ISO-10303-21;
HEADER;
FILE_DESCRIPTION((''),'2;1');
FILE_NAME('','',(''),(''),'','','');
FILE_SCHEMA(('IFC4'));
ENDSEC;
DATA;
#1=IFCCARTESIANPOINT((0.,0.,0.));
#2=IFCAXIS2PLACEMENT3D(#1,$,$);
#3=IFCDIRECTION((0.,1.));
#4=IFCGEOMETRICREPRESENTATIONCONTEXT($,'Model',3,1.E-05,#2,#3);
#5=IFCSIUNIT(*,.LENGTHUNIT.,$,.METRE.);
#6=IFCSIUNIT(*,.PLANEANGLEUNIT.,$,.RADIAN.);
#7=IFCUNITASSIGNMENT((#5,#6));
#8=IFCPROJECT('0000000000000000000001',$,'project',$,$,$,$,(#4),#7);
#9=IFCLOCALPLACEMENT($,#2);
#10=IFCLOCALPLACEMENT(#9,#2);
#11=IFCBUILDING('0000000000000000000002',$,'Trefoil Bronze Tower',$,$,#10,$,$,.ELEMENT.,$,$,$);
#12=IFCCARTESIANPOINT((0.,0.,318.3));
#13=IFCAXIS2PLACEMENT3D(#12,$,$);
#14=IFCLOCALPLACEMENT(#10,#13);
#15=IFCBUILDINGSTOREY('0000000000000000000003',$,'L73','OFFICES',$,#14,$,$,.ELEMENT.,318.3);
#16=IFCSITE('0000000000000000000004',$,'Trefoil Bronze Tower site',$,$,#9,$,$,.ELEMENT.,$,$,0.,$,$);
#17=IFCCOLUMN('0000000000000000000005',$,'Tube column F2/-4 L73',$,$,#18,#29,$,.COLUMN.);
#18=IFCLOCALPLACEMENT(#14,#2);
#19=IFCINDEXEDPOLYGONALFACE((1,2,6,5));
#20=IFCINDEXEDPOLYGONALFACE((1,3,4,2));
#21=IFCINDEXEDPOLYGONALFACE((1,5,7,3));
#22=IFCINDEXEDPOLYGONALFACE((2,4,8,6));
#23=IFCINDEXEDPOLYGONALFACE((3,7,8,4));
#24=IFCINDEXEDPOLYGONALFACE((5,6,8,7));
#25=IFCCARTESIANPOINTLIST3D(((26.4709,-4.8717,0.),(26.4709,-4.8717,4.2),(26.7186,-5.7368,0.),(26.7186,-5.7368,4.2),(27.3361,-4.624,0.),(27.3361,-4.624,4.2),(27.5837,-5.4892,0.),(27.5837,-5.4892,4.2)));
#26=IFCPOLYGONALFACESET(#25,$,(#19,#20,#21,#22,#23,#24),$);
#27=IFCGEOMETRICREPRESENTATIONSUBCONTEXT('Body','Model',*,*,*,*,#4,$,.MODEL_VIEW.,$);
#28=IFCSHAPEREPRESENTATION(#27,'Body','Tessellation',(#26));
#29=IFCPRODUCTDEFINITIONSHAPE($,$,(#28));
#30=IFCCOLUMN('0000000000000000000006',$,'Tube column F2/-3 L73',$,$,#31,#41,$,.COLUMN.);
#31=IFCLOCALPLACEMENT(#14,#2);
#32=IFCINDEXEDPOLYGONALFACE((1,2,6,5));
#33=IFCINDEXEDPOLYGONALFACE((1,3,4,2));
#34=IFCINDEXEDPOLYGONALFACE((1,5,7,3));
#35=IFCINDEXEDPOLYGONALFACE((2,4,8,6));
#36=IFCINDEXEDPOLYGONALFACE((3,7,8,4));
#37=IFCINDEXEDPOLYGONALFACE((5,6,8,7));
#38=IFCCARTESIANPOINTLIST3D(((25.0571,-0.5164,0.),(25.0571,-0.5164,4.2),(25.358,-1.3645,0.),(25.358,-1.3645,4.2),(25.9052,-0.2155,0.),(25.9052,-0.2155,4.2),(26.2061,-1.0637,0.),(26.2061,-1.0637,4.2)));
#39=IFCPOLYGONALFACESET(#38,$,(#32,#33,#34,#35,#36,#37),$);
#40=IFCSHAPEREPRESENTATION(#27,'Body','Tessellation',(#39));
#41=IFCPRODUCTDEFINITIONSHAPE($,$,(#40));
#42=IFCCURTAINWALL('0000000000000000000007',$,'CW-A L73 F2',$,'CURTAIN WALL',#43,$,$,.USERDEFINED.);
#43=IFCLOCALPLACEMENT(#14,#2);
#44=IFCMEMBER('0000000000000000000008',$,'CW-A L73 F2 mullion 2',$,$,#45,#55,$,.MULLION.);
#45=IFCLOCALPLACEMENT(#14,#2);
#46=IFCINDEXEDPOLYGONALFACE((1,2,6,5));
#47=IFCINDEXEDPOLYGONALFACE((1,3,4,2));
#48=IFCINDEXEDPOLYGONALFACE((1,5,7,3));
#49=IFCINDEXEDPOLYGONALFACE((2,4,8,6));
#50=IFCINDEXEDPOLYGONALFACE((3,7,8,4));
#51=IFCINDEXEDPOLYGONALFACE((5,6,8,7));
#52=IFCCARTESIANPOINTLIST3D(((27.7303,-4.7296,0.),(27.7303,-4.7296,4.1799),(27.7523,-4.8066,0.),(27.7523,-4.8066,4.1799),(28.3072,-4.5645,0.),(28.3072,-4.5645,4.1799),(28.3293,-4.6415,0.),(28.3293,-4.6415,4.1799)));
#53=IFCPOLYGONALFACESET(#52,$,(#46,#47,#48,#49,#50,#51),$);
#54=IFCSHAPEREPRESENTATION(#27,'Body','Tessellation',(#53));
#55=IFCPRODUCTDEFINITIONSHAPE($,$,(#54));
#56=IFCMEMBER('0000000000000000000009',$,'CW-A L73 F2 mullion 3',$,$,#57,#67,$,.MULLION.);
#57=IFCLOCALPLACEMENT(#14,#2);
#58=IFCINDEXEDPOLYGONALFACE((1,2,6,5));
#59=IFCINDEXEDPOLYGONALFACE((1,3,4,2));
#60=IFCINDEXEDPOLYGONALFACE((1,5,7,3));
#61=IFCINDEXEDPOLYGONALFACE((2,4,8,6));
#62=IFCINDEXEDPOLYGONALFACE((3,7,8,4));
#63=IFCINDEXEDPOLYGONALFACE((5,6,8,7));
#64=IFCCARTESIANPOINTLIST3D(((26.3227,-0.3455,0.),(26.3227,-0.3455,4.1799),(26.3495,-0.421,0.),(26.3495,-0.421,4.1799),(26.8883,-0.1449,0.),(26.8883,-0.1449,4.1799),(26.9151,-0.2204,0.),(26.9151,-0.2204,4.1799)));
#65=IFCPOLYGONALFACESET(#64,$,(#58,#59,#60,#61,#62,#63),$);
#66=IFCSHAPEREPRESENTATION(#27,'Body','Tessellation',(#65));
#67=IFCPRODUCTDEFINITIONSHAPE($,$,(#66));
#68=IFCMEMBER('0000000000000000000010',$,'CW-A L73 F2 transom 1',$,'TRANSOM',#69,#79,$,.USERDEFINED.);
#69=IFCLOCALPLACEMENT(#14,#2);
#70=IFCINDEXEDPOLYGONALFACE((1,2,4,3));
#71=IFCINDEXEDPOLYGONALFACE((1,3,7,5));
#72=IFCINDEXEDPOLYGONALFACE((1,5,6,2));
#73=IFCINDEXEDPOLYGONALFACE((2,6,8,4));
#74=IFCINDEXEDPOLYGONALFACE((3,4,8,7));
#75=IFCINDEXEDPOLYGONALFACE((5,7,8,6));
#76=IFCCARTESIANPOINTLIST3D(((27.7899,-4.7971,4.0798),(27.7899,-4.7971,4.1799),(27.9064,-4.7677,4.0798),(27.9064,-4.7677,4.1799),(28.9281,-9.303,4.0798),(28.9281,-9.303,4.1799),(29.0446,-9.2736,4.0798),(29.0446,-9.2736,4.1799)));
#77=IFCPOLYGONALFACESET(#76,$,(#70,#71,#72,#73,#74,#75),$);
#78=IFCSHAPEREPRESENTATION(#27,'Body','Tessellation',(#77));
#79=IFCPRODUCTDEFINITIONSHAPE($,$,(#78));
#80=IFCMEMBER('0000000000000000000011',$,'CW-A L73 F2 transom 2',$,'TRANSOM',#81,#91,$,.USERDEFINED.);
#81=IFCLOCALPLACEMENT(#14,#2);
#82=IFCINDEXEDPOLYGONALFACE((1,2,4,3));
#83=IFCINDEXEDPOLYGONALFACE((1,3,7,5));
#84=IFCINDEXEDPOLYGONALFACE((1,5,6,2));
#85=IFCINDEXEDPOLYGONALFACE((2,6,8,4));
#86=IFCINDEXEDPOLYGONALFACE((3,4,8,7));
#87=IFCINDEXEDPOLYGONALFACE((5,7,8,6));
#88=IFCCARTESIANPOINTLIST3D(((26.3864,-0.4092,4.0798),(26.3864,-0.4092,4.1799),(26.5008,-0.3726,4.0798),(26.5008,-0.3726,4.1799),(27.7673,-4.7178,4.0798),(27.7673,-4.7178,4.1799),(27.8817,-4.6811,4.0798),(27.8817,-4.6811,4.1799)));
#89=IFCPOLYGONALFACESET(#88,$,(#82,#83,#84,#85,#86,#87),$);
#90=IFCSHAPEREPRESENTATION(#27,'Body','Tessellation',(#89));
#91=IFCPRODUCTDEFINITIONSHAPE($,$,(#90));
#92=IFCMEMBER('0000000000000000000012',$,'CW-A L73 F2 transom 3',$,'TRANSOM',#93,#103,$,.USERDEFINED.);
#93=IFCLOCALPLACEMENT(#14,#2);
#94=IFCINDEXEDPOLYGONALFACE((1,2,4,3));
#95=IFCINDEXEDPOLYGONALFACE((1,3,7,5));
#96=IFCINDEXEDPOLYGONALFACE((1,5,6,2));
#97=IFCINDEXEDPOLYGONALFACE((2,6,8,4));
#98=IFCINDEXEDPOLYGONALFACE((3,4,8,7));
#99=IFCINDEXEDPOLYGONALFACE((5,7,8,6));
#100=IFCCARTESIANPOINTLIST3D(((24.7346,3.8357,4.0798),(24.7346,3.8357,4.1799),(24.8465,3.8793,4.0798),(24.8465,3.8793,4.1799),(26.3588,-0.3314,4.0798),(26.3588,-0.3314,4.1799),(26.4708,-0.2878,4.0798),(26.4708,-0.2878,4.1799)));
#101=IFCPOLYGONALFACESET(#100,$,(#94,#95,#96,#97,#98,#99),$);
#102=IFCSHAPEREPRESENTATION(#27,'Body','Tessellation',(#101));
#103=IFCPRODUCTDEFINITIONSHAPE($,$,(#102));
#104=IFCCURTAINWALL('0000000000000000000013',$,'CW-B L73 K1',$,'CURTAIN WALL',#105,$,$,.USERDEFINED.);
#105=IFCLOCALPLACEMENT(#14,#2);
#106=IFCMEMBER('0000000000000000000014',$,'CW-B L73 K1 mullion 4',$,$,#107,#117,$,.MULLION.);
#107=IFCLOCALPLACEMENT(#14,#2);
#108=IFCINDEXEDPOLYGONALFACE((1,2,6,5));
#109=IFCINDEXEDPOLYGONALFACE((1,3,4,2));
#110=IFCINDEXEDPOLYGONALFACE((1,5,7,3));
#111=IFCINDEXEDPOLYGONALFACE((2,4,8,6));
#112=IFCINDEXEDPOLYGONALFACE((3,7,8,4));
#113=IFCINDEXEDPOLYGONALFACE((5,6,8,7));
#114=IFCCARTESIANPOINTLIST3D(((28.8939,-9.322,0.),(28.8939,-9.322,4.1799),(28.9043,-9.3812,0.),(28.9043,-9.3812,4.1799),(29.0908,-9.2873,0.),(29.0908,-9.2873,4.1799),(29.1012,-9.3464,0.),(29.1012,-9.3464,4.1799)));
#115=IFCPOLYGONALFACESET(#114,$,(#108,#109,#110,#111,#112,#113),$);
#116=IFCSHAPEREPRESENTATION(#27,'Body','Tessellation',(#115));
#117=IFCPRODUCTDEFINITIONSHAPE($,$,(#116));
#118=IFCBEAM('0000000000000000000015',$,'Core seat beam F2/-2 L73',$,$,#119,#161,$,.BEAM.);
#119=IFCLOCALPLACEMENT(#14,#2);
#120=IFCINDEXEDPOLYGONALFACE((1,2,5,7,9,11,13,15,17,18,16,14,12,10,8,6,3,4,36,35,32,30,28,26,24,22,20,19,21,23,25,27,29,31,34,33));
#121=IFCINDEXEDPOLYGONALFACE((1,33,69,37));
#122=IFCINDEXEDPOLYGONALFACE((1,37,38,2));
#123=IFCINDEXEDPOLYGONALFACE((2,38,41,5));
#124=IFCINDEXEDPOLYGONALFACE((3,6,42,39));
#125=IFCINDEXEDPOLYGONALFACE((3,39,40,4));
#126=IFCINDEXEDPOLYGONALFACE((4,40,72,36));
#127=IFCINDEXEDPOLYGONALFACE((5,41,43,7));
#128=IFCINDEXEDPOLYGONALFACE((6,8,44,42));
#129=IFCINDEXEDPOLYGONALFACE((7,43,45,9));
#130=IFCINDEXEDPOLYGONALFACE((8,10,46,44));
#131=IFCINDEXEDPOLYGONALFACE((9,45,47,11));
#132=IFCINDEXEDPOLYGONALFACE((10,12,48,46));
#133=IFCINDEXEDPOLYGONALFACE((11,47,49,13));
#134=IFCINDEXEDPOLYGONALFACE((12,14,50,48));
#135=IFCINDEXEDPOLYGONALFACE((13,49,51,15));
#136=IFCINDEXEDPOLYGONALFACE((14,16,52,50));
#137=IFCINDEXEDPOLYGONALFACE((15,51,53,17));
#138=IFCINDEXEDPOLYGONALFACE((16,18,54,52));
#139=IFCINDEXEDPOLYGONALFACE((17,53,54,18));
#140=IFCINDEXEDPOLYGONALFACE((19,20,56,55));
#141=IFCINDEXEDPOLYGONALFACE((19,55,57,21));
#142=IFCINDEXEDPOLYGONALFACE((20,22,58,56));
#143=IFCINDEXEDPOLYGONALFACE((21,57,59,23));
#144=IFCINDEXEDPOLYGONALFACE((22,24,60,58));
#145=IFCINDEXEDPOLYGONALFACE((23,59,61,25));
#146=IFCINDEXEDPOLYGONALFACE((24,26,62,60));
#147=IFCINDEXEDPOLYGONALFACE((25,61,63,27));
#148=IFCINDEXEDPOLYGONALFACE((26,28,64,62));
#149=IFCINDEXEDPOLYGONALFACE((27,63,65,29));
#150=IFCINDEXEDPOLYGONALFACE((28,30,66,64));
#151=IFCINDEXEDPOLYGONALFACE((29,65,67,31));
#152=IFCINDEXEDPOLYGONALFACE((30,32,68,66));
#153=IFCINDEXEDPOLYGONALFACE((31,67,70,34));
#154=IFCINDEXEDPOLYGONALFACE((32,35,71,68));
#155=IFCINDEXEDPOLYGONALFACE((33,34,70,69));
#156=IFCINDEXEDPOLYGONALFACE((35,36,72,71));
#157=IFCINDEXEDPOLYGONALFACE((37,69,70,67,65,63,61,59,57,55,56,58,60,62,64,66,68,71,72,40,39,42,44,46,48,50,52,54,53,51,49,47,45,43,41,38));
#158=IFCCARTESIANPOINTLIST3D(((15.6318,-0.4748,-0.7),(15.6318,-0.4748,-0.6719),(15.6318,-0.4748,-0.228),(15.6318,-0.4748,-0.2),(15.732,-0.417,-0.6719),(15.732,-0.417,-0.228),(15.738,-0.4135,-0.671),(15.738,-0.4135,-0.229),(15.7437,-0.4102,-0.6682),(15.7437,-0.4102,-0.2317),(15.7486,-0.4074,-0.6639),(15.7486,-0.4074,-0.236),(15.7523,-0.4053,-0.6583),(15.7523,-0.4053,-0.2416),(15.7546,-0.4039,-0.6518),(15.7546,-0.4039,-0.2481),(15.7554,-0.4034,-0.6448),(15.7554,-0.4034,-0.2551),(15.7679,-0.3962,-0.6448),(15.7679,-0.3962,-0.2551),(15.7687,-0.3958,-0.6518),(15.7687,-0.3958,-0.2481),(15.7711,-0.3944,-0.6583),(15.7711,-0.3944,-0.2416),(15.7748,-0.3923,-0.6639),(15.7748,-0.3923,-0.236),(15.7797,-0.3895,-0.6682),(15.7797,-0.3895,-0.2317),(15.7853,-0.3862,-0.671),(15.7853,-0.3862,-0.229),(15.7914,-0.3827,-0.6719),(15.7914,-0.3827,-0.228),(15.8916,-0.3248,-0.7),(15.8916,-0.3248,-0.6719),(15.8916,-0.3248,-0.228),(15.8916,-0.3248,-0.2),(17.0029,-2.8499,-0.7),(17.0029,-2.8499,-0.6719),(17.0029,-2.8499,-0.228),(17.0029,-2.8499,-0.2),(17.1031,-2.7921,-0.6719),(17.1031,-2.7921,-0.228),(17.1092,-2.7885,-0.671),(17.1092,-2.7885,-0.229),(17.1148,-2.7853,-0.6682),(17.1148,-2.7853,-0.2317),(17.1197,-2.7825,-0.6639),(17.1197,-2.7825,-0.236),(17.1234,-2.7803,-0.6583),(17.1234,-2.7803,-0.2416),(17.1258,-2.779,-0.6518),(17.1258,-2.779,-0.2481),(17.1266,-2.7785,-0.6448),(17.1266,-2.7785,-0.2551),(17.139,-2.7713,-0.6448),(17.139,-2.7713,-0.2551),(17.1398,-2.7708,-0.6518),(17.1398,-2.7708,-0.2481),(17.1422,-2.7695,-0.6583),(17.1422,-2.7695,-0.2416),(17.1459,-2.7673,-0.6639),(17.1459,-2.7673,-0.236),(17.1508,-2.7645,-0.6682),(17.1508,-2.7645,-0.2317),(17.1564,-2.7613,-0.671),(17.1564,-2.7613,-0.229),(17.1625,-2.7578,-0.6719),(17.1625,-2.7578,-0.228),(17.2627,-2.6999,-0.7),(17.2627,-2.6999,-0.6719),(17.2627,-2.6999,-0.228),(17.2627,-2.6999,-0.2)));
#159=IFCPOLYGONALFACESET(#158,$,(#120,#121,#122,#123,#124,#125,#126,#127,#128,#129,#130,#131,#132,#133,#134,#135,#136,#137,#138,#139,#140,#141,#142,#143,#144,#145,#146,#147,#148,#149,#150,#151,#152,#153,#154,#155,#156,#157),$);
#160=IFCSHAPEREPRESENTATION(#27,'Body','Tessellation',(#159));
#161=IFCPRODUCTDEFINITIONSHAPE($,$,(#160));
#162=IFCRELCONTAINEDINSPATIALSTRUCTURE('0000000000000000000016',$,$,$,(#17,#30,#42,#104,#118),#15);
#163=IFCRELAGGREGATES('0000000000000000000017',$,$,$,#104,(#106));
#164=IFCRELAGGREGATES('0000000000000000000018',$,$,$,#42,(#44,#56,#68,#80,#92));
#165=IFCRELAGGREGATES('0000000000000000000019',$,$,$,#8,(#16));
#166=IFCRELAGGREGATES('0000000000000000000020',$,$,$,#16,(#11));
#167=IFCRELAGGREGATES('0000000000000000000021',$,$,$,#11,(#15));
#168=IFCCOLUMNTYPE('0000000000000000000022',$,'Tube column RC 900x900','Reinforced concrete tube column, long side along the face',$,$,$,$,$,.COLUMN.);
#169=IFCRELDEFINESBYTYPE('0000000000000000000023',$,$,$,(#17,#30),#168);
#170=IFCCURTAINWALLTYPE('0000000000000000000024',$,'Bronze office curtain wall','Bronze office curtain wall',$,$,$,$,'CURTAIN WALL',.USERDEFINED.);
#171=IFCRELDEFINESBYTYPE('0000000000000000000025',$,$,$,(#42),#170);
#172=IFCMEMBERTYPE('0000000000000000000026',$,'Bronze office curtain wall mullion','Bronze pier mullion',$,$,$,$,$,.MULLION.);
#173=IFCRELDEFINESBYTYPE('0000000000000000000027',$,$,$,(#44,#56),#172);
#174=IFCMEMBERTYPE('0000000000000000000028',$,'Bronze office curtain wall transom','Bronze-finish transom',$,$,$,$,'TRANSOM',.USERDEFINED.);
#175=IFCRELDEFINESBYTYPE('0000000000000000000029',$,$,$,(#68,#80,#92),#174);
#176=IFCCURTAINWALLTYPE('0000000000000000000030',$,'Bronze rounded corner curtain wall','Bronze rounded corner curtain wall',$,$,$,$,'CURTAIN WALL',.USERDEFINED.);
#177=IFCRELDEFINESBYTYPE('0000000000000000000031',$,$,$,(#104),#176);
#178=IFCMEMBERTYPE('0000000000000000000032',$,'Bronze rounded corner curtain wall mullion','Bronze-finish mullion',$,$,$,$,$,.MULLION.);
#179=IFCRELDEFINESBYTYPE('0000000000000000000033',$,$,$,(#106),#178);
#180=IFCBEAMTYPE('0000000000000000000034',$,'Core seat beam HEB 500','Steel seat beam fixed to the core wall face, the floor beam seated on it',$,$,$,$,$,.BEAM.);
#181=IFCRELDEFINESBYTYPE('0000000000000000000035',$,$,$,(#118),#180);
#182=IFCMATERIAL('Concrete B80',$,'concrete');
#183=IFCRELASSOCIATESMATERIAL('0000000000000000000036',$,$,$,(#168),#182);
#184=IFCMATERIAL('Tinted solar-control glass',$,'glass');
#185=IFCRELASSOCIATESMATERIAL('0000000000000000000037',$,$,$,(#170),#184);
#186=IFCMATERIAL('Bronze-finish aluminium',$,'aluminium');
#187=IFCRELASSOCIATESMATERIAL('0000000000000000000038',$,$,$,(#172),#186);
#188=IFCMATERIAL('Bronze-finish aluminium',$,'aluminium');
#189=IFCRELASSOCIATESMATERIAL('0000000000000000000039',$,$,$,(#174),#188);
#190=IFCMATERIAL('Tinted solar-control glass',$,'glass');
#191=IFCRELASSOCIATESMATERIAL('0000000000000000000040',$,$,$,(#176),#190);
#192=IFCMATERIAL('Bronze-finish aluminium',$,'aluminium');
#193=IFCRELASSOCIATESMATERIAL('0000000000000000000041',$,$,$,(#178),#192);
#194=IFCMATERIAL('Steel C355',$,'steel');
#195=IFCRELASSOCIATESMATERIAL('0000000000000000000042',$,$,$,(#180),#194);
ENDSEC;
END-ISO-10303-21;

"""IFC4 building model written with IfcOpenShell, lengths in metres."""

from ifc_helpers import new_model, si_unit, direction, frame, origin, origin_2d, place, context, subcontext, project, spatial, rectangle, i_section, extrude, material, material_profile, profile_set, type_object, element, aggregate, save


model = new_model("IFC4")

# Units and contexts
model_context = context("Model", 3, precision=1e-05, world=origin(), true_north=direction((0.0, 1.0)))
body_context = subcontext(model_context, "Body", "Model", "MODEL_VIEW")
ifc_project = project(units=[si_unit("LENGTHUNIT", "METRE"), si_unit("PLANEANGLEUNIT", "RADIAN")], contexts=[model_context])

# Site, building, storey
site_placement = place(None, origin())
site = spatial("IfcSite", under=ifc_project, at=site_placement, Name="Trefoil Bronze Tower site", CompositionType="ELEMENT", RefElevation=0.0)
building_placement = place(site_placement, origin())
building = spatial("IfcBuilding", under=site, at=building_placement, Name="Trefoil Bronze Tower", CompositionType="ELEMENT")
storey_placement = place(building_placement, frame((0.0, 0.0, 318.3)))
storey = spatial("IfcBuildingStorey", under=building, at=storey_placement, Name="L73", Description="OFFICES", CompositionType="ELEMENT", Elevation=318.3)

# Columns
ifc_material_1 = material(Name="Concrete B80", Category="concrete")
ifc_material_profile_1 = material_profile(ifc_material_1, rectangle(XDim=0.8999, YDim=0.8999, at=origin_2d()), Name="RC 900x900")
ifc_profile_set_1 = profile_set([ifc_material_profile_1], Name="Concrete B80")
column_type = type_object("IfcColumnType", Name="Tube column RC 900x900", Description="Reinforced concrete tube column, long side along the face", PredefinedType="COLUMN", material=ifc_profile_set_1)
for number, where, z_axis, x_axis, name in (
    (1, (27.0273, -5.1804, 0.0), (0.0, 0.0, 1.0), (-0.275169, 0.961396, 0.0), "Tube column F2/-4 L73"),
    (2, (25.6316, -0.79, 0.0), (0.0, 0.0, 1.0), (-0.334352, 0.942448, 0.0), "Tube column F2/-3 L73"),
):
    element("IfcColumn", number, at=place(storey_placement, frame(where, z_axis=z_axis, x_axis=x_axis)), inside=storey, type_object=column_type, Name=name, PredefinedType="COLUMN", context=body_context, shape_type="SweptSolid", body=[
        extrude(rectangle(XDim=0.8999, YDim=0.8999, at=origin_2d()), origin(), (0.0, 0.0, 1.0), 4.2),
    ])

# Curtain wall, members
ifc_material_2 = material(Name="Tinted solar-control glass", Category="glass")
curtain_wall_type_1 = type_object("IfcCurtainWallType", Name="Bronze office curtain wall", Description="Bronze office curtain wall", ElementType="CURTAIN WALL", PredefinedType="USERDEFINED", material=ifc_material_2)
curtain_wall_1_placement = place(storey_placement, origin())
curtain_wall_1 = element("IfcCurtainWall", 3, at=curtain_wall_1_placement, inside=storey, type_object=curtain_wall_type_1, Name="CW-A L73 F2", ObjectType="CURTAIN WALL", PredefinedType="USERDEFINED")
ifc_material_3 = material(Name="Bronze-finish aluminium", Category="aluminium")
ifc_material_profile_2 = material_profile(ifc_material_3, rectangle(XDim=0.6001, YDim=0.0801, at=origin_2d()), Name="CW-A mullion")
ifc_profile_set_2 = profile_set([ifc_material_profile_2], Name="Bronze-finish aluminium")
member_type_1 = type_object("IfcMemberType", Name="Bronze office curtain wall mullion", Description="Bronze pier mullion", PredefinedType="MULLION", material=ifc_profile_set_2)
member_1_placement = place(storey_placement, frame((28.0298, -4.6855, 0.0), z_axis=(0.0, 0.0, 1.0), x_axis=(-0.961396, -0.275169, 0.0)))
member_1 = element("IfcMember", 4, at=member_1_placement, type_object=member_type_1, Name="CW-A L73 F2 mullion 2", PredefinedType="MULLION", context=body_context, shape_type="SweptSolid", body=[
    extrude(rectangle(XDim=0.6001, YDim=0.0801, at=origin_2d()), origin(), (0.0, 0.0, 1.0), 4.1799),
])
member_2_placement = place(storey_placement, frame((26.6189, -0.283, 0.0), z_axis=(0.0, 0.0, 1.0), x_axis=(-0.942448, -0.334352, 0.0)))
member_2 = element("IfcMember", 5, at=member_2_placement, type_object=member_type_1, Name="CW-A L73 F2 mullion 3", PredefinedType="MULLION", context=body_context, shape_type="SweptSolid", body=[
    extrude(rectangle(XDim=0.6001, YDim=0.0801, at=origin_2d()), origin(), (0.0, 0.0, 1.0), 4.1799),
])
ifc_material_4 = material(Name="Bronze-finish aluminium", Category="aluminium")
ifc_material_profile_3 = material_profile(ifc_material_4, rectangle(XDim=0.1201, YDim=0.1001, at=origin_2d()), Name="CW-A transom")
ifc_profile_set_3 = profile_set([ifc_material_profile_3], Name="Bronze-finish aluminium")
member_type_2 = type_object("IfcMemberType", Name="Bronze office curtain wall transom", Description="Bronze-finish transom", ElementType="TRANSOM", PredefinedType="USERDEFINED", material=ifc_profile_set_3)
member_3_placement = place(storey_placement, frame((28.9863, -9.2883, 4.1299), z_axis=(-0.244908, 0.969546, 0.0), x_axis=(-0.969546, -0.244908, 0.0)))
member_3 = element("IfcMember", 6, at=member_3_placement, type_object=member_type_2, Name="CW-A L73 F2 transom 1", ObjectType="TRANSOM", PredefinedType="USERDEFINED", context=body_context, shape_type="SweptSolid", body=[
    extrude(rectangle(XDim=0.1201, YDim=0.1001, at=origin_2d()), origin(), (0.0, 0.0, 1.0), 4.6475),
])
member_4_placement = place(storey_placement, frame((27.8245, -4.6995, 4.1299), z_axis=(-0.305199, 0.952289, 0.0), x_axis=(-0.952289, -0.305199, 0.0)))
member_4 = element("IfcMember", 7, at=member_4_placement, type_object=member_type_2, Name="CW-A L73 F2 transom 2", ObjectType="TRANSOM", PredefinedType="USERDEFINED", context=body_context, shape_type="SweptSolid", body=[
    extrude(rectangle(XDim=0.1201, YDim=0.1001, at=origin_2d()), origin(), (0.0, 0.0, 1.0), 4.5244),
])
member_5_placement = place(storey_placement, frame((26.4148, -0.3096, 4.1299), z_axis=(-0.363178, 0.93172, 0.0), x_axis=(-0.93172, -0.363178, 0.0)))
member_5 = element("IfcMember", 8, at=member_5_placement, type_object=member_type_2, Name="CW-A L73 F2 transom 3", ObjectType="TRANSOM", PredefinedType="USERDEFINED", context=body_context, shape_type="SweptSolid", body=[
    extrude(rectangle(XDim=0.1201, YDim=0.1001, at=origin_2d()), origin(), (0.0, 0.0, 1.0), 4.4724),
])

# Curtain wall, member
ifc_material_5 = material(Name="Tinted solar-control glass", Category="glass")
curtain_wall_type_2 = type_object("IfcCurtainWallType", Name="Bronze rounded corner curtain wall", Description="Bronze rounded corner curtain wall", ElementType="CURTAIN WALL", PredefinedType="USERDEFINED", material=ifc_material_5)
curtain_wall_2_placement = place(storey_placement, origin())
curtain_wall_2 = element("IfcCurtainWall", 9, at=curtain_wall_2_placement, inside=storey, type_object=curtain_wall_type_2, Name="CW-B L73 K1", ObjectType="CURTAIN WALL", PredefinedType="USERDEFINED")
ifc_material_6 = material(Name="Bronze-finish aluminium", Category="aluminium")
ifc_material_profile_4 = material_profile(ifc_material_6, rectangle(XDim=0.2, YDim=0.0601, at=origin_2d()), Name="CW-B mullion")
ifc_profile_set_4 = profile_set([ifc_material_profile_4], Name="Bronze-finish aluminium")
member_type_3 = type_object("IfcMemberType", Name="Bronze rounded corner curtain wall mullion", Description="Bronze-finish mullion", PredefinedType="MULLION", material=ifc_profile_set_4)
member_6_placement = place(storey_placement, frame((28.9976, -9.3342, 0.0), z_axis=(0.0, 0.0, 1.0), x_axis=(-0.984808, -0.173648, 0.0)))
member_6 = element("IfcMember", 10, at=member_6_placement, type_object=member_type_3, Name="CW-B L73 K1 mullion 4", PredefinedType="MULLION", context=body_context, shape_type="SweptSolid", body=[
    extrude(rectangle(XDim=0.2, YDim=0.0601, at=origin_2d()), origin(), (0.0, 0.0, 1.0), 4.1799),
])
aggregate(curtain_wall_2, [member_6])

# Beam
ifc_material_7 = material(Name="Steel C355", Category="steel")
ifc_material_profile_5 = material_profile(ifc_material_7, i_section(OverallWidth=0.3, OverallDepth=0.5, WebThickness=0.0144, FlangeThickness=0.0281, FilletRadius=0.0271, at=origin_2d()), Name="HEB 500")
ifc_profile_set_5 = profile_set([ifc_material_profile_5], Name="Steel C355")
beam_type_1 = type_object("IfcBeamType", Name="Core seat beam HEB 500", Description="Steel seat beam fixed to the core wall face, the floor beam seated on it", PredefinedType="BEAM", material=ifc_profile_set_5)
beam_1_placement = place(storey_placement, frame((17.1328, -2.7749, -0.45), z_axis=(-0.499969, 0.866043, 0.0), x_axis=(-0.866043, -0.499969, 0.0)))
element("IfcBeam", 11, at=beam_1_placement, inside=storey, type_object=beam_type_1, Name="Core seat beam F2/-2 L73", PredefinedType="BEAM", context=body_context, shape_type="SweptSolid", body=[
    extrude(i_section(OverallWidth=0.3, OverallDepth=0.5, WebThickness=0.0144, FlangeThickness=0.0281, FilletRadius=0.0271, at=origin_2d()), origin(), (0.0, 0.0, 1.0), 2.7424),
])

aggregate(curtain_wall_1, [member_1, member_2, member_3, member_4, member_5])

save(model, "model.ifc")
